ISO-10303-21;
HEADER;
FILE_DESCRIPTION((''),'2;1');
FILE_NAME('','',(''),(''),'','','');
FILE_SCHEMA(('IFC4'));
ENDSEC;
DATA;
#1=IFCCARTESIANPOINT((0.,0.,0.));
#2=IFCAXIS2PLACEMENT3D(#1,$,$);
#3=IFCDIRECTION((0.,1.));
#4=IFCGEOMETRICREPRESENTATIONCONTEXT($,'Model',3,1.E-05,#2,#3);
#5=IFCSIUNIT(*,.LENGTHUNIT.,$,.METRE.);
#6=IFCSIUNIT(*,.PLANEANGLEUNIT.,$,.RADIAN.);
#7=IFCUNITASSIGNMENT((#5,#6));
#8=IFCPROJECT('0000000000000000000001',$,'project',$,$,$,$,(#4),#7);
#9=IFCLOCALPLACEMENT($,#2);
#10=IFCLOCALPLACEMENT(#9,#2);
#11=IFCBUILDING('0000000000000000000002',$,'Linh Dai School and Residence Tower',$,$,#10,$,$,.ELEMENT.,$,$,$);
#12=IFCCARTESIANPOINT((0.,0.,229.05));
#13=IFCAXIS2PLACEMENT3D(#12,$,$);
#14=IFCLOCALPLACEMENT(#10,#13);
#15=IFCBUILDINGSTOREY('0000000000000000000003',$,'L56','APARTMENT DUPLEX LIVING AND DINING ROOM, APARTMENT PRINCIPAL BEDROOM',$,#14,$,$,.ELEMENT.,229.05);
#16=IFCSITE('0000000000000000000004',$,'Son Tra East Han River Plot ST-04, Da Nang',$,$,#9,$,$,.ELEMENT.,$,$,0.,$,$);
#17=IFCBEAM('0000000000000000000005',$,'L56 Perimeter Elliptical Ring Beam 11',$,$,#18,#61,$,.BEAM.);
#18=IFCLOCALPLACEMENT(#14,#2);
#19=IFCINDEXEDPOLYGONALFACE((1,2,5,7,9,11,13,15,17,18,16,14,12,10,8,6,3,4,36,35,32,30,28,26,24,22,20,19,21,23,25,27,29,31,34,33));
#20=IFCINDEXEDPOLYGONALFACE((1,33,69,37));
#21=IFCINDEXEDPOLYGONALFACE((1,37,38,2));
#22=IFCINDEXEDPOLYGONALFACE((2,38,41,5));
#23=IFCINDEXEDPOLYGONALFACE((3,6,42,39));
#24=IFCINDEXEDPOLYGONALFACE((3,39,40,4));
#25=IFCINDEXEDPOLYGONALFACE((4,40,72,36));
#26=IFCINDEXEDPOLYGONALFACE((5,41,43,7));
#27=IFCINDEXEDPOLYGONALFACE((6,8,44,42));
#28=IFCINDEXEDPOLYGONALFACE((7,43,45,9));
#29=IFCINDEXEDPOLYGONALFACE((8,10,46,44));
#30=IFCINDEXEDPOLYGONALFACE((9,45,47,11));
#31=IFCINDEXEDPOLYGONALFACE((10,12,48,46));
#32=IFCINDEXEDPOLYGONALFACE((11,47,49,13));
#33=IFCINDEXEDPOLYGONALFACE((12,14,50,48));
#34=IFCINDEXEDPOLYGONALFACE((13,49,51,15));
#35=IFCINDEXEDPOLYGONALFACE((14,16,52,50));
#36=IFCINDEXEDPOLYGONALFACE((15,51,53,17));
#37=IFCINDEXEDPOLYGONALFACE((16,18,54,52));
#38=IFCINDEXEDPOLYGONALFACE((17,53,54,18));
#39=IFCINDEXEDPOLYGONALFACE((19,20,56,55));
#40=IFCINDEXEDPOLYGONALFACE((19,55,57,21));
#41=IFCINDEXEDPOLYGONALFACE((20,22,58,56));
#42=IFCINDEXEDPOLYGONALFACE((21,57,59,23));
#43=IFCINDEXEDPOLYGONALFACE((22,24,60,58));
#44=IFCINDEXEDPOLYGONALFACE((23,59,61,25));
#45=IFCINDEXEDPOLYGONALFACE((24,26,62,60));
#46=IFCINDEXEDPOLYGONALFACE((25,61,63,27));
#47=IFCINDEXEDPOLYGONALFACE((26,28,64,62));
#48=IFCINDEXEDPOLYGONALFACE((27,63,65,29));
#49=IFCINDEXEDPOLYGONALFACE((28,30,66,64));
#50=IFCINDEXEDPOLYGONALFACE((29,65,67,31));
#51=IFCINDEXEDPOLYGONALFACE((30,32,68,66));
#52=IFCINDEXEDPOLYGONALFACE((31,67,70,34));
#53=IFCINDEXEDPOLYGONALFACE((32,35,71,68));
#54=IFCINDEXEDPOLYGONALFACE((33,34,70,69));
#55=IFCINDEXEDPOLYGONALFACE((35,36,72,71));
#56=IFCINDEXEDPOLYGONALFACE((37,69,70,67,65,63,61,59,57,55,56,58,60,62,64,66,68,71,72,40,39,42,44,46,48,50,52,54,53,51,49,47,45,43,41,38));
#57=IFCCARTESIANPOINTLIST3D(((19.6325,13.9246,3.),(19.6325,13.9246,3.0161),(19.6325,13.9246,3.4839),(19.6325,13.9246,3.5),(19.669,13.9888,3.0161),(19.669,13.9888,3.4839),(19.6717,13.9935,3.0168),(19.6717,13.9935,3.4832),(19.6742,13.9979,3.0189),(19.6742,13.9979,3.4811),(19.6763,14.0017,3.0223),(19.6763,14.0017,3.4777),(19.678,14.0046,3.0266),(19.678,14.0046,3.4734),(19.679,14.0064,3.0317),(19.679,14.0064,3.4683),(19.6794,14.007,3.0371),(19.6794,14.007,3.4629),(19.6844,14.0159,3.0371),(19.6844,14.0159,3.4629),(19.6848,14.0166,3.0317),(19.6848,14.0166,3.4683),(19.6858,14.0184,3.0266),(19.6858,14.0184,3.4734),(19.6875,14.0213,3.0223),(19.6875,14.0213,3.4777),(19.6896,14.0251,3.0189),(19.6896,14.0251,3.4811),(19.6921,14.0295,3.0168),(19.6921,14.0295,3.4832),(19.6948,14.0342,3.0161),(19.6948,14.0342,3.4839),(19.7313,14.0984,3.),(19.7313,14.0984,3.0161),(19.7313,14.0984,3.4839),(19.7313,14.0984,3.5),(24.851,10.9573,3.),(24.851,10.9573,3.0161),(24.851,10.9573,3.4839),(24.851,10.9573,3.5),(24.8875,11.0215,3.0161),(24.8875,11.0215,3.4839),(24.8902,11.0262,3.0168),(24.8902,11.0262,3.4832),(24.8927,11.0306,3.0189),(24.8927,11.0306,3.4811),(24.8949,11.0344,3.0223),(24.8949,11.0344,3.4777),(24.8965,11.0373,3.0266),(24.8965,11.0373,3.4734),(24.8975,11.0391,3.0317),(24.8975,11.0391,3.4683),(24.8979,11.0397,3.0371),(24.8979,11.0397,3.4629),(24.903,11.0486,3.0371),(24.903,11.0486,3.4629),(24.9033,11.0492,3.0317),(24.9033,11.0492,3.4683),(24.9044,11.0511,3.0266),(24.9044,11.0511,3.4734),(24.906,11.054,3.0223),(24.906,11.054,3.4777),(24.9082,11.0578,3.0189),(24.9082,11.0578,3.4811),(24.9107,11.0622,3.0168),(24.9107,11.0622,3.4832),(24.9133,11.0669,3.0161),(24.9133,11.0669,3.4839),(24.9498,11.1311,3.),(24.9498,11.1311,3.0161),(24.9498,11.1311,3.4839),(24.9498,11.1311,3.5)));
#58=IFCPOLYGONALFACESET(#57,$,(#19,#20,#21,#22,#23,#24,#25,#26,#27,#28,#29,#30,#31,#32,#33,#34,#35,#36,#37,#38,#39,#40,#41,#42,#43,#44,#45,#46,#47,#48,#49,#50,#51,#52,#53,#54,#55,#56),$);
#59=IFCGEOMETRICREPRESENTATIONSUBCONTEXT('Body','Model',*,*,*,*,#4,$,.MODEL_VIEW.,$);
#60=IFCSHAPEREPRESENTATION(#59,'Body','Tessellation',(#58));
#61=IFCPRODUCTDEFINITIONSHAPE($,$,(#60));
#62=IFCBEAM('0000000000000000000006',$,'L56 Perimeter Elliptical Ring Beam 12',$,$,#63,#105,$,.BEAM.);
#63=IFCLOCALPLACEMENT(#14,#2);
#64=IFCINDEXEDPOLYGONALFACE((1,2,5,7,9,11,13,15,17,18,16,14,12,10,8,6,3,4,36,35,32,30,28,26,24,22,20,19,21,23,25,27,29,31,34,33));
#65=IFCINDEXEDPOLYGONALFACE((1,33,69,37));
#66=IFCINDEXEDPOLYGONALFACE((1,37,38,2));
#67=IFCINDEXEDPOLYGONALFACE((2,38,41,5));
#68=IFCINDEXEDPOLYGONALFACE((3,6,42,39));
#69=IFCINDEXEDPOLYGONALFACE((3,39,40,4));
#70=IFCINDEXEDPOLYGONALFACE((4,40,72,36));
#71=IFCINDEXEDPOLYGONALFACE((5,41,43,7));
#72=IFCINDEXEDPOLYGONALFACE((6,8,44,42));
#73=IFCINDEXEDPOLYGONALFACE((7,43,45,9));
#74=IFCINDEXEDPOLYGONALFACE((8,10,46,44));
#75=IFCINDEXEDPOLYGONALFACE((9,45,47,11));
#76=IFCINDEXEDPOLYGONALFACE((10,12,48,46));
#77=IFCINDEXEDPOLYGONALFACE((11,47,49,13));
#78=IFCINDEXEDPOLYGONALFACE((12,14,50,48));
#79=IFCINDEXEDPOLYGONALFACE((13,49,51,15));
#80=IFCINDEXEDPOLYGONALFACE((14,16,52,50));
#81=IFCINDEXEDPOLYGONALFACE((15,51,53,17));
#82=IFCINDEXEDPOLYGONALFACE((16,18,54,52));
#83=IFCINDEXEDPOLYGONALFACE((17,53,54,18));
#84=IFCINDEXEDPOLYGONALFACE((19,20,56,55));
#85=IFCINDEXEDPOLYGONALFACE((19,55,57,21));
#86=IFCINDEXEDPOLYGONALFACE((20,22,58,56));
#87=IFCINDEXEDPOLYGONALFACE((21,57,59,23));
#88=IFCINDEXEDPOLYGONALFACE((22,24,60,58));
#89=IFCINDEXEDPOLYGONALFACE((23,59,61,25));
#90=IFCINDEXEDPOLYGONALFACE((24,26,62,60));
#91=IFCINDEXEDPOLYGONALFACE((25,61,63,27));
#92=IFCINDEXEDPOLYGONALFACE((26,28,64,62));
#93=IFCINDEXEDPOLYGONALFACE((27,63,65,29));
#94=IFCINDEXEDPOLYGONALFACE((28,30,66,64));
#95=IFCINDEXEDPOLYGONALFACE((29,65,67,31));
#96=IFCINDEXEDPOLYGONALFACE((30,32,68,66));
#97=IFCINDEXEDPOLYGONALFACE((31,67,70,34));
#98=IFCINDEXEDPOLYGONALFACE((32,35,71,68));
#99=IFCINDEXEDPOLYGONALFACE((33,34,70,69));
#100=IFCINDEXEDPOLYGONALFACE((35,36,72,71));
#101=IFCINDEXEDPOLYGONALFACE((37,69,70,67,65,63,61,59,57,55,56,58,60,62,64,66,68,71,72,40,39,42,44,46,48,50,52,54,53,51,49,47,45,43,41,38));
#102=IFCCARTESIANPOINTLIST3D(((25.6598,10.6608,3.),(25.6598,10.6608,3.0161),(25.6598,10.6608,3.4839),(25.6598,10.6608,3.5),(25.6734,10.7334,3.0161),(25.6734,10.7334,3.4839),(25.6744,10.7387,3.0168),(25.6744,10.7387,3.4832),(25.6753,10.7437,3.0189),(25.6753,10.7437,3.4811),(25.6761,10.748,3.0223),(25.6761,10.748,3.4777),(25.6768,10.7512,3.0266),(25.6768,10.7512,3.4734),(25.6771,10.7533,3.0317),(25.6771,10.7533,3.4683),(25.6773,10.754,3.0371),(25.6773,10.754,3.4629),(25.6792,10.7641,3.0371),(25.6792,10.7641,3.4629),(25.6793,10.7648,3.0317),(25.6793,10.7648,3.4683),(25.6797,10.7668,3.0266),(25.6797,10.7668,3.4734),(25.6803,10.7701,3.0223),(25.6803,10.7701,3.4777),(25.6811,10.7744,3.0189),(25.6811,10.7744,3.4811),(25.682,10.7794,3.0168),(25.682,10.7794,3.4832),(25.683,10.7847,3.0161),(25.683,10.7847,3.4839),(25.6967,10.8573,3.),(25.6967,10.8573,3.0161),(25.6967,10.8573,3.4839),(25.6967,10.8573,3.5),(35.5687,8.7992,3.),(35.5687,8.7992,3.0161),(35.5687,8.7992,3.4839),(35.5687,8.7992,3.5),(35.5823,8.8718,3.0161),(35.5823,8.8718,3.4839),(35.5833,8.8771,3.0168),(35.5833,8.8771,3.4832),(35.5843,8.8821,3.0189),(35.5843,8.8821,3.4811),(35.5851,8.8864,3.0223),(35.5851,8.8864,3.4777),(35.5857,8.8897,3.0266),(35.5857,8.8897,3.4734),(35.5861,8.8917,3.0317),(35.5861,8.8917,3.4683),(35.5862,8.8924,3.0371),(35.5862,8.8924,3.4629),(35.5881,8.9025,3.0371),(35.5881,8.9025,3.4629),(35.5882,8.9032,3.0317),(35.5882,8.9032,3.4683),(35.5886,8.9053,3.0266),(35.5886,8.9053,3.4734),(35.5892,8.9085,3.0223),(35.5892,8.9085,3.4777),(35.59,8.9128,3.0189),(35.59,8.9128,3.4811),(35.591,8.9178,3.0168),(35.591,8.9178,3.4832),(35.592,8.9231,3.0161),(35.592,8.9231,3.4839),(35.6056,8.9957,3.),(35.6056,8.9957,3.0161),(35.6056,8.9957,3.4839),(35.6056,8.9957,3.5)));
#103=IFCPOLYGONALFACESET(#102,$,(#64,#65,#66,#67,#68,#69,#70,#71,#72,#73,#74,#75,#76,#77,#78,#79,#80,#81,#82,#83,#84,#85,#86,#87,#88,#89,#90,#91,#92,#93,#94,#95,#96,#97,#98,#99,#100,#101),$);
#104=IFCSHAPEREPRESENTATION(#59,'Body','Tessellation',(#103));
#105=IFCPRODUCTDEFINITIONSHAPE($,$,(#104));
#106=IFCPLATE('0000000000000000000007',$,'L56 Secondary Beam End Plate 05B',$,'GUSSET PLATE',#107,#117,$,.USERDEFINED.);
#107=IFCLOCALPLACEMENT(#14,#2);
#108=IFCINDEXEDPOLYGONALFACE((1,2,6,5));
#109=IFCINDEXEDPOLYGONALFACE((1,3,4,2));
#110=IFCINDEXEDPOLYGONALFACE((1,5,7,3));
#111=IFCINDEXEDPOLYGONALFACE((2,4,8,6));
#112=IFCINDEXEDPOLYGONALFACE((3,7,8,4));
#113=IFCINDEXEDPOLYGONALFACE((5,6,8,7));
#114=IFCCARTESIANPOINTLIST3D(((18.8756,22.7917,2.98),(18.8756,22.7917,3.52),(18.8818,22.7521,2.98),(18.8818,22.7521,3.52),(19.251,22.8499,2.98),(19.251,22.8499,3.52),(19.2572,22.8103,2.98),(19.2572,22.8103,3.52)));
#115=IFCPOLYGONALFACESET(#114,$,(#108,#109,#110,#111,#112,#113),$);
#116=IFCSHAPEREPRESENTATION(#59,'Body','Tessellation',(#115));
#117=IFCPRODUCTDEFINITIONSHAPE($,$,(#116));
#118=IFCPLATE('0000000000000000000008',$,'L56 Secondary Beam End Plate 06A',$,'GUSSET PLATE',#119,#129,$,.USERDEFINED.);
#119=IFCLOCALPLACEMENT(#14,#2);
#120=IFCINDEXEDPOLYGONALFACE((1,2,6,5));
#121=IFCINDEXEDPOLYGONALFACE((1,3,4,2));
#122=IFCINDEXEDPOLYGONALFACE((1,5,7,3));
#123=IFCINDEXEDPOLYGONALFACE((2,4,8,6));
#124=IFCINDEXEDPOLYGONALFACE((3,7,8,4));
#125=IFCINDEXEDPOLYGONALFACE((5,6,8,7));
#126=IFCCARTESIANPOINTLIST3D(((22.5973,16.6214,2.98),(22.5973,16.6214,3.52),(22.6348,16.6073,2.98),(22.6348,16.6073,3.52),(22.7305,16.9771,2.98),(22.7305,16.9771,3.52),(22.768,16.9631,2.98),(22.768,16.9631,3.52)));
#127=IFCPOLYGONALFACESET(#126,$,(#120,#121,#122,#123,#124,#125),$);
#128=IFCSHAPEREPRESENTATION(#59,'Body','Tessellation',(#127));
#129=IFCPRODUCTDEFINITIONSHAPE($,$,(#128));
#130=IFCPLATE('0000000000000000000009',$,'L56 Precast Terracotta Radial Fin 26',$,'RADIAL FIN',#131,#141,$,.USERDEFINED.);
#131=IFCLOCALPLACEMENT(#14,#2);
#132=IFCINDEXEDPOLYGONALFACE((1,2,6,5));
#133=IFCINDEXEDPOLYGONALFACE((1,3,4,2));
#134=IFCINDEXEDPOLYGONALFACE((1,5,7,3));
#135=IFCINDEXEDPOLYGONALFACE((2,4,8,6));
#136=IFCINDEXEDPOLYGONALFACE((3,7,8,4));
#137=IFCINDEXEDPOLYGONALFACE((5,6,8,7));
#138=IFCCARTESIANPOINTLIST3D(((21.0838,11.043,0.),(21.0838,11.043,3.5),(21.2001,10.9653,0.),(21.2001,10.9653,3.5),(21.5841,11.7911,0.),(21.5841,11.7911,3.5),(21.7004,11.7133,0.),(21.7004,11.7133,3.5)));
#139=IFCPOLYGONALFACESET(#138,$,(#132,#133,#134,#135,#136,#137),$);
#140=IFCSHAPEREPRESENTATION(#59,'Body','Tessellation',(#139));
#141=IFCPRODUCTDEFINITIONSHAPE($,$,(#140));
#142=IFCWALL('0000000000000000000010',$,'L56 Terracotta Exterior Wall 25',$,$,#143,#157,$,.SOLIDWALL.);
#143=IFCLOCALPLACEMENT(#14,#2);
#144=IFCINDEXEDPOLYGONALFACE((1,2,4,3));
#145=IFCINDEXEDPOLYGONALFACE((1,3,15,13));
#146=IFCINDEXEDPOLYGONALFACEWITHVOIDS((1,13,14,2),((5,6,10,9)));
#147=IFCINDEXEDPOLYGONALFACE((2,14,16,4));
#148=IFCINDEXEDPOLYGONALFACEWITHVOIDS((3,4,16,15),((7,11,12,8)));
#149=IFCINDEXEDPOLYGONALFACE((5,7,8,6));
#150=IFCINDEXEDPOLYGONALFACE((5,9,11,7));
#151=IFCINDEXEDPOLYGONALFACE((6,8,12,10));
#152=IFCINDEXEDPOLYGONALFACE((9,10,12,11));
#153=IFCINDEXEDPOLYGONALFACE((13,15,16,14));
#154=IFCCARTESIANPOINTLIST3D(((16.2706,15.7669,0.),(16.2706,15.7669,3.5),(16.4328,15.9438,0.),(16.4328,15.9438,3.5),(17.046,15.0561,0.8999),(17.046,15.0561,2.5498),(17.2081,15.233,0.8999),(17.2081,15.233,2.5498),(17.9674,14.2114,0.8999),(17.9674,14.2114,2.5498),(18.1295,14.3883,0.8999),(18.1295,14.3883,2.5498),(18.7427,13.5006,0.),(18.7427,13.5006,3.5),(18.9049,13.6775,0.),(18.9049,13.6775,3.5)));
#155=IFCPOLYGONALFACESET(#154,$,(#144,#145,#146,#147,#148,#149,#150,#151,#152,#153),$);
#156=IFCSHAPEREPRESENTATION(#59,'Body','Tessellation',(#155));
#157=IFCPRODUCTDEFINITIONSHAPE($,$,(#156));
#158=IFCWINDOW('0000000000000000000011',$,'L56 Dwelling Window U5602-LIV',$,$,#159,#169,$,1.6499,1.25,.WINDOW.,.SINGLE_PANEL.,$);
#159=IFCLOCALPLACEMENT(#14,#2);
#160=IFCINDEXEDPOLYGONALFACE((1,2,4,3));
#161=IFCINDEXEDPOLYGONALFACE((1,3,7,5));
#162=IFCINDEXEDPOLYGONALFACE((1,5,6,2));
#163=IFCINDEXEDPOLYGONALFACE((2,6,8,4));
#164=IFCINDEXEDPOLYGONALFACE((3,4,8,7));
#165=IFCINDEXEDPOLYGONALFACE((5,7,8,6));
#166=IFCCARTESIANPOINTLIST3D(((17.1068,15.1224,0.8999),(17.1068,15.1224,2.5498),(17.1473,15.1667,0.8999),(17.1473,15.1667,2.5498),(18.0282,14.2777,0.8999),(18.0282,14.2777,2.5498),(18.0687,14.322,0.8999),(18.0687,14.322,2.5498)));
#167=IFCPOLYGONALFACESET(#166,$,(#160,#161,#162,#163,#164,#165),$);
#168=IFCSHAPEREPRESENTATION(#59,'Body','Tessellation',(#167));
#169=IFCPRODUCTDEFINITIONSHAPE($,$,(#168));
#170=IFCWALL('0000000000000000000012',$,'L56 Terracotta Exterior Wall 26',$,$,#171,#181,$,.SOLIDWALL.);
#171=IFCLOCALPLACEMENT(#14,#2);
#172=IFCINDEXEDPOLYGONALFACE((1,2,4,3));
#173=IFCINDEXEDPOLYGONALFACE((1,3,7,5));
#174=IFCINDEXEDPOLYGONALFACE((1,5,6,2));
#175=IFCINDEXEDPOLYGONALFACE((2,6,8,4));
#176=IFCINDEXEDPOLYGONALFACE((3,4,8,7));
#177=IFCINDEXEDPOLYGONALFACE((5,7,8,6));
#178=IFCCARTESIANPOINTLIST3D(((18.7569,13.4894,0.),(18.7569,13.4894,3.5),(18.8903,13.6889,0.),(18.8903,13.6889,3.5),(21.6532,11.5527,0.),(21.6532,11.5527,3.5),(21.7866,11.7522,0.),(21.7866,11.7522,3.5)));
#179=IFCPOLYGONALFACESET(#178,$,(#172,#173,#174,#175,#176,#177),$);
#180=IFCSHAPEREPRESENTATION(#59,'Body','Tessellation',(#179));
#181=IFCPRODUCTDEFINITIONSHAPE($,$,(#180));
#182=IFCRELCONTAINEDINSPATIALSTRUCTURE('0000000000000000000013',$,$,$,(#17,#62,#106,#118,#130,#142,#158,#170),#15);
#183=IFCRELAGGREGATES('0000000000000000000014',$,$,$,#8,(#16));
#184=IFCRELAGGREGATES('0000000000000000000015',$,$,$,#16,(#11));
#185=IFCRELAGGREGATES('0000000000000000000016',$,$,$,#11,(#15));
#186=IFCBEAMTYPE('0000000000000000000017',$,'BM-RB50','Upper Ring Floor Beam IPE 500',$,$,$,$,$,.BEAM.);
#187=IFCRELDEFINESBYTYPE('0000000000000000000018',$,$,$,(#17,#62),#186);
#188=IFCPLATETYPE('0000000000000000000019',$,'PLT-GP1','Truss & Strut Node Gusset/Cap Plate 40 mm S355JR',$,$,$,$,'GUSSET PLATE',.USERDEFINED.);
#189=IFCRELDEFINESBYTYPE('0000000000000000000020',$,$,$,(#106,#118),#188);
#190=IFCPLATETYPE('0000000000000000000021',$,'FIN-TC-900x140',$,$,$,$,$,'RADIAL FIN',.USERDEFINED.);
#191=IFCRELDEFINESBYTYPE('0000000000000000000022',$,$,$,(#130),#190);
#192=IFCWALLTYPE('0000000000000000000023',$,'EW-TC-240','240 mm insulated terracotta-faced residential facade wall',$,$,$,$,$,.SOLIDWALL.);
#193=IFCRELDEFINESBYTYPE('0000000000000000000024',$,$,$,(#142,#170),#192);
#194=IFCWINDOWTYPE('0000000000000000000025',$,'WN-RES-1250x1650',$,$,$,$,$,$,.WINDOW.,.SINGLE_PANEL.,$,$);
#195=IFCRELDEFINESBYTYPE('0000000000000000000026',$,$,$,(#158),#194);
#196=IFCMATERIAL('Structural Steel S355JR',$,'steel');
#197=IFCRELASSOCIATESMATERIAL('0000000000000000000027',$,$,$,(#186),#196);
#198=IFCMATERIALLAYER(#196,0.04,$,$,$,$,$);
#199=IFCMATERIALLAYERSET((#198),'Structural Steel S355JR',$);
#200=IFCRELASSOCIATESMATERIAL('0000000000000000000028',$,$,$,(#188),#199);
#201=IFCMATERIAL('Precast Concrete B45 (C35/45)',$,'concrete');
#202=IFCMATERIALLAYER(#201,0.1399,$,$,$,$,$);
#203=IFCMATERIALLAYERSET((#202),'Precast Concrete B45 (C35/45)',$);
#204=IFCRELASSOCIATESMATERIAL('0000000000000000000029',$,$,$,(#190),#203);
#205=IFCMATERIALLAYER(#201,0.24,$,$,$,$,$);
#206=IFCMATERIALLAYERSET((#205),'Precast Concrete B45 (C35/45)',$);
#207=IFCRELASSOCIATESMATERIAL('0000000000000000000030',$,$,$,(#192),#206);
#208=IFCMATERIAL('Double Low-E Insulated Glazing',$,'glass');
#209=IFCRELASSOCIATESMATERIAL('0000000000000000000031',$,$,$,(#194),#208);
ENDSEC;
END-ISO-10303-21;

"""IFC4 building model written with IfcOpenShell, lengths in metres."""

from ifc_helpers import new_model, si_unit, direction, frame, frame_2d, origin, origin_2d, place, context, subcontext, project, spatial, rectangle, i_section, extrude, source, transform, mapped, material, layer, layer_set, material_profile, profile_set, type_object, element, fill, save


model = new_model("IFC4")

# Units and contexts
model_context = context("Model", 3, precision=1e-05, world=origin(), true_north=direction((0.0, 1.0)))
body_context = subcontext(model_context, "Body", "Model", "MODEL_VIEW")
ifc_project = project(units=[si_unit("LENGTHUNIT", "METRE"), si_unit("PLANEANGLEUNIT", "RADIAN")], contexts=[model_context])

# Site, building, storey
site_placement = place(None, origin())
site = spatial("IfcSite", under=ifc_project, at=site_placement, Name="Son Tra East Han River Plot ST-04, Da Nang", CompositionType="ELEMENT", RefElevation=0.0)
building_placement = place(site_placement, origin())
building = spatial("IfcBuilding", under=site, at=building_placement, Name="Linh Dai School and Residence Tower", CompositionType="ELEMENT")
storey_placement = place(building_placement, frame((0.0, 0.0, 229.05)))
storey = spatial("IfcBuildingStorey", under=building, at=storey_placement, Name="L56", Description="APARTMENT DUPLEX LIVING AND DINING ROOM, APARTMENT PRINCIPAL BEDROOM", CompositionType="ELEMENT", Elevation=229.05)

# Shared definitions
ifc_material_1 = material(Name="Structural Steel S355JR", Category="steel")

# Beams
ifc_material_profile_1 = material_profile(ifc_material_1, i_section(OverallWidth=0.2, OverallDepth=0.5, WebThickness=0.0103, FlangeThickness=0.0161, FilletRadius=0.021, at=origin_2d()), Name="IPE 500")
ifc_profile_set_1 = profile_set([ifc_material_profile_1], Name="Structural Steel S355JR")
beam_type_1 = type_object("IfcBeamType", Name="BM-RB50", Description="Upper Ring Floor Beam IPE 500", PredefinedType="BEAM", material=ifc_profile_set_1)
beam_1_placement = place(storey_placement, frame((19.6819, 14.0115, 3.25), z_axis=(0.869297, -0.49429, 0.0), x_axis=(0.49429, 0.869297, 0.0)))
element("IfcBeam", 1, at=beam_1_placement, inside=storey, type_object=beam_type_1, Name="L56 Perimeter Elliptical Ring Beam 11", PredefinedType="BEAM", context=body_context, shape_type="SweptSolid", body=[
    extrude(i_section(OverallWidth=0.2, OverallDepth=0.5, WebThickness=0.0103, FlangeThickness=0.0161, FilletRadius=0.021, at=origin_2d()), origin(), (0.0, 0.0, 1.0), 6.0032),
])
beam_2_placement = place(storey_placement, frame((25.6782, 10.759, 3.25), z_axis=(0.982807, -0.184638, 0.0), x_axis=(0.184638, 0.982807, 0.0)))
element("IfcBeam", 2, at=beam_2_placement, inside=storey, type_object=beam_type_1, Name="L56 Perimeter Elliptical Ring Beam 12", PredefinedType="BEAM", context=body_context, shape_type="SweptSolid", body=[
    extrude(i_section(OverallWidth=0.2, OverallDepth=0.5, WebThickness=0.0103, FlangeThickness=0.0161, FilletRadius=0.021, at=origin_2d()), origin(), (0.0, 0.0, 1.0), 10.0823),
])

# Plates
ifc_layer_1 = layer(ifc_material_1, 0.04)
ifc_layer_set_1 = layer_set([ifc_layer_1], Name="Structural Steel S355JR")
plate_type_1 = type_object("IfcPlateType", Name="PLT-GP1", Description="Truss & Strut Node Gusset/Cap Plate 40 mm S355JR", ElementType="GUSSET PLATE", PredefinedType="USERDEFINED", material=ifc_layer_set_1)
shared_shape_1 = source(origin(), body_context, "Body", "SweptSolid", [
    extrude(rectangle(XDim=0.04, YDim=0.3799, at=origin_2d()), origin(), (0.0, 0.0, 1.0), 0.54),
])
for number, where, z_axis, x_axis, name in (
    (3, (19.0664, 22.801, 2.98), (0.0, 0.0, 1.0), (0.153186, -0.988197, 0.0), "L56 Secondary Beam End Plate 05B"),
    (4, (22.6826, 16.7922, 2.98), (0.0, 0.0, 1.0), (0.936534, -0.350577, 0.0), "L56 Secondary Beam End Plate 06A"),
):
    element("IfcPlate", number, at=place(storey_placement, frame(where, z_axis=z_axis, x_axis=x_axis)), inside=storey, type_object=plate_type_1, Name=name, ObjectType="GUSSET PLATE", PredefinedType="USERDEFINED", context=body_context, shape_type="MappedRepresentation", body=[
        mapped(shared_shape_1, transform((0.0, 0.0, 0.0), x_axis=(1.0, 0.0, 0.0), y_axis=(0.0, 1.0, 0.0), z_axis=(0.0, 0.0, 1.0), scale=1.0)),
    ])
ifc_material_2 = material(Name="Precast Concrete B45 (C35/45)", Category="concrete")
ifc_layer_2 = layer(ifc_material_2, 0.1399)
ifc_layer_set_2 = layer_set([ifc_layer_2], Name="Precast Concrete B45 (C35/45)")
plate_type_2 = type_object("IfcPlateType", Name="FIN-TC-900x140", ElementType="RADIAL FIN", PredefinedType="USERDEFINED", material=ifc_layer_set_2)
shared_shape_2 = source(origin(), body_context, "Body", "SweptSolid", [
    extrude(rectangle(XDim=0.8999, YDim=0.1399, at=origin_2d()), origin(), (0.0, 0.0, 1.0), 3.5),
])
plate_placement = place(storey_placement, frame((21.3921, 11.3782, 0.0), z_axis=(0.0, 0.0, 1.0), x_axis=(-0.555887, -0.831258, 0.0)))
element("IfcPlate", 5, at=plate_placement, inside=storey, type_object=plate_type_2, Name="L56 Precast Terracotta Radial Fin 26", ObjectType="RADIAL FIN", PredefinedType="USERDEFINED", context=body_context, shape_type="MappedRepresentation", body=[
    mapped(shared_shape_2, transform((0.0, 0.0, 0.0), x_axis=(1.0, 0.0, 0.0), y_axis=(0.0, 1.0, 0.0), z_axis=(0.0, 0.0, 1.0), scale=1.0)),
])

# Wall, opening, window
ifc_layer_3 = layer(ifc_material_2, 0.24)
ifc_layer_set_3 = layer_set([ifc_layer_3], Name="Precast Concrete B45 (C35/45)")
wall_type_1 = type_object("IfcWallType", Name="EW-TC-240", Description="240 mm insulated terracotta-faced residential facade wall", PredefinedType="SOLIDWALL", material=ifc_layer_set_3)
wall_1_placement = place(storey_placement, frame((18.8237, 13.5891, 0.0), z_axis=(0.0, 0.0, 1.0), x_axis=(-0.737124, 0.675758, 0.0)))
wall_1 = element("IfcWall", 6, at=wall_1_placement, inside=storey, type_object=wall_type_1, Name="L56 Terracotta Exterior Wall 25", PredefinedType="SOLIDWALL", context=body_context, shape_type="SweptSolid", body=[
    extrude(rectangle(XDim=3.3538, YDim=0.24, at=frame_2d((1.6768, 0.0))), origin(), (0.0, 0.0, 1.0), 3.5),
])
opening_1_placement = place(wall_1_placement, frame((1.0518, 0.0, 0.8999)))
opening_1 = element("IfcOpeningElement", 7, at=opening_1_placement, cuts=wall_1, PredefinedType="OPENING", context=body_context, shape_type="SweptSolid", body=[
    extrude(rectangle(XDim=1.25, YDim=1.6499, at=origin_2d()), frame((0.625, 0.1299, 0.825), z_axis=(0.0, -1.0, 0.0), x_axis=(1.0, 0.0, 0.0)), (0.0, 0.0, 1.0), 0.26),
])
ifc_material_3 = material(Name="Double Low-E Insulated Glazing", Category="glass")
window_type = type_object("IfcWindowType", Name="WN-RES-1250x1650", PartitioningType="SINGLE_PANEL", PredefinedType="WINDOW", material=ifc_material_3)
shared_shape_3 = source(origin(), body_context, "Body", "SweptSolid", [
    extrude(rectangle(XDim=1.25, YDim=1.6499, at=origin_2d()), frame((0.625, 0.03, 0.825), z_axis=(0.0, -1.0, 0.0), x_axis=(1.0, 0.0, 0.0)), (0.0, 0.0, 1.0), 0.0601),
])
window_placement = place(opening_1_placement, origin())
window = element("IfcWindow", 8, at=window_placement, inside=storey, type_object=window_type, Name="L56 Dwelling Window U5602-LIV", OverallHeight=1.6499, OverallWidth=1.25, PartitioningType="SINGLE_PANEL", PredefinedType="WINDOW", context=body_context, shape_type="MappedRepresentation", body=[
    mapped(shared_shape_3, transform((0.0, 0.0, 0.0), x_axis=(1.0, 0.0, 0.0), y_axis=(0.0, 1.0, 0.0), z_axis=(0.0, 0.0, 1.0), scale=1.0)),
])
fill(opening_1, window)

# Wall
wall_2_placement = place(storey_placement, frame((21.72, 11.6523, 0.0), z_axis=(0.0, 0.0, 1.0), x_axis=(-0.831262, 0.55588, 0.0)))
element("IfcWall", 9, at=wall_2_placement, inside=storey, type_object=wall_type_1, Name="L56 Terracotta Exterior Wall 26", PredefinedType="SOLIDWALL", context=body_context, shape_type="SweptSolid", body=[
    extrude(rectangle(XDim=3.4841, YDim=0.24, at=frame_2d((1.7422, 0.0))), origin(), (0.0, 0.0, 1.0), 3.5),
])

save(model, "model.ifc")
